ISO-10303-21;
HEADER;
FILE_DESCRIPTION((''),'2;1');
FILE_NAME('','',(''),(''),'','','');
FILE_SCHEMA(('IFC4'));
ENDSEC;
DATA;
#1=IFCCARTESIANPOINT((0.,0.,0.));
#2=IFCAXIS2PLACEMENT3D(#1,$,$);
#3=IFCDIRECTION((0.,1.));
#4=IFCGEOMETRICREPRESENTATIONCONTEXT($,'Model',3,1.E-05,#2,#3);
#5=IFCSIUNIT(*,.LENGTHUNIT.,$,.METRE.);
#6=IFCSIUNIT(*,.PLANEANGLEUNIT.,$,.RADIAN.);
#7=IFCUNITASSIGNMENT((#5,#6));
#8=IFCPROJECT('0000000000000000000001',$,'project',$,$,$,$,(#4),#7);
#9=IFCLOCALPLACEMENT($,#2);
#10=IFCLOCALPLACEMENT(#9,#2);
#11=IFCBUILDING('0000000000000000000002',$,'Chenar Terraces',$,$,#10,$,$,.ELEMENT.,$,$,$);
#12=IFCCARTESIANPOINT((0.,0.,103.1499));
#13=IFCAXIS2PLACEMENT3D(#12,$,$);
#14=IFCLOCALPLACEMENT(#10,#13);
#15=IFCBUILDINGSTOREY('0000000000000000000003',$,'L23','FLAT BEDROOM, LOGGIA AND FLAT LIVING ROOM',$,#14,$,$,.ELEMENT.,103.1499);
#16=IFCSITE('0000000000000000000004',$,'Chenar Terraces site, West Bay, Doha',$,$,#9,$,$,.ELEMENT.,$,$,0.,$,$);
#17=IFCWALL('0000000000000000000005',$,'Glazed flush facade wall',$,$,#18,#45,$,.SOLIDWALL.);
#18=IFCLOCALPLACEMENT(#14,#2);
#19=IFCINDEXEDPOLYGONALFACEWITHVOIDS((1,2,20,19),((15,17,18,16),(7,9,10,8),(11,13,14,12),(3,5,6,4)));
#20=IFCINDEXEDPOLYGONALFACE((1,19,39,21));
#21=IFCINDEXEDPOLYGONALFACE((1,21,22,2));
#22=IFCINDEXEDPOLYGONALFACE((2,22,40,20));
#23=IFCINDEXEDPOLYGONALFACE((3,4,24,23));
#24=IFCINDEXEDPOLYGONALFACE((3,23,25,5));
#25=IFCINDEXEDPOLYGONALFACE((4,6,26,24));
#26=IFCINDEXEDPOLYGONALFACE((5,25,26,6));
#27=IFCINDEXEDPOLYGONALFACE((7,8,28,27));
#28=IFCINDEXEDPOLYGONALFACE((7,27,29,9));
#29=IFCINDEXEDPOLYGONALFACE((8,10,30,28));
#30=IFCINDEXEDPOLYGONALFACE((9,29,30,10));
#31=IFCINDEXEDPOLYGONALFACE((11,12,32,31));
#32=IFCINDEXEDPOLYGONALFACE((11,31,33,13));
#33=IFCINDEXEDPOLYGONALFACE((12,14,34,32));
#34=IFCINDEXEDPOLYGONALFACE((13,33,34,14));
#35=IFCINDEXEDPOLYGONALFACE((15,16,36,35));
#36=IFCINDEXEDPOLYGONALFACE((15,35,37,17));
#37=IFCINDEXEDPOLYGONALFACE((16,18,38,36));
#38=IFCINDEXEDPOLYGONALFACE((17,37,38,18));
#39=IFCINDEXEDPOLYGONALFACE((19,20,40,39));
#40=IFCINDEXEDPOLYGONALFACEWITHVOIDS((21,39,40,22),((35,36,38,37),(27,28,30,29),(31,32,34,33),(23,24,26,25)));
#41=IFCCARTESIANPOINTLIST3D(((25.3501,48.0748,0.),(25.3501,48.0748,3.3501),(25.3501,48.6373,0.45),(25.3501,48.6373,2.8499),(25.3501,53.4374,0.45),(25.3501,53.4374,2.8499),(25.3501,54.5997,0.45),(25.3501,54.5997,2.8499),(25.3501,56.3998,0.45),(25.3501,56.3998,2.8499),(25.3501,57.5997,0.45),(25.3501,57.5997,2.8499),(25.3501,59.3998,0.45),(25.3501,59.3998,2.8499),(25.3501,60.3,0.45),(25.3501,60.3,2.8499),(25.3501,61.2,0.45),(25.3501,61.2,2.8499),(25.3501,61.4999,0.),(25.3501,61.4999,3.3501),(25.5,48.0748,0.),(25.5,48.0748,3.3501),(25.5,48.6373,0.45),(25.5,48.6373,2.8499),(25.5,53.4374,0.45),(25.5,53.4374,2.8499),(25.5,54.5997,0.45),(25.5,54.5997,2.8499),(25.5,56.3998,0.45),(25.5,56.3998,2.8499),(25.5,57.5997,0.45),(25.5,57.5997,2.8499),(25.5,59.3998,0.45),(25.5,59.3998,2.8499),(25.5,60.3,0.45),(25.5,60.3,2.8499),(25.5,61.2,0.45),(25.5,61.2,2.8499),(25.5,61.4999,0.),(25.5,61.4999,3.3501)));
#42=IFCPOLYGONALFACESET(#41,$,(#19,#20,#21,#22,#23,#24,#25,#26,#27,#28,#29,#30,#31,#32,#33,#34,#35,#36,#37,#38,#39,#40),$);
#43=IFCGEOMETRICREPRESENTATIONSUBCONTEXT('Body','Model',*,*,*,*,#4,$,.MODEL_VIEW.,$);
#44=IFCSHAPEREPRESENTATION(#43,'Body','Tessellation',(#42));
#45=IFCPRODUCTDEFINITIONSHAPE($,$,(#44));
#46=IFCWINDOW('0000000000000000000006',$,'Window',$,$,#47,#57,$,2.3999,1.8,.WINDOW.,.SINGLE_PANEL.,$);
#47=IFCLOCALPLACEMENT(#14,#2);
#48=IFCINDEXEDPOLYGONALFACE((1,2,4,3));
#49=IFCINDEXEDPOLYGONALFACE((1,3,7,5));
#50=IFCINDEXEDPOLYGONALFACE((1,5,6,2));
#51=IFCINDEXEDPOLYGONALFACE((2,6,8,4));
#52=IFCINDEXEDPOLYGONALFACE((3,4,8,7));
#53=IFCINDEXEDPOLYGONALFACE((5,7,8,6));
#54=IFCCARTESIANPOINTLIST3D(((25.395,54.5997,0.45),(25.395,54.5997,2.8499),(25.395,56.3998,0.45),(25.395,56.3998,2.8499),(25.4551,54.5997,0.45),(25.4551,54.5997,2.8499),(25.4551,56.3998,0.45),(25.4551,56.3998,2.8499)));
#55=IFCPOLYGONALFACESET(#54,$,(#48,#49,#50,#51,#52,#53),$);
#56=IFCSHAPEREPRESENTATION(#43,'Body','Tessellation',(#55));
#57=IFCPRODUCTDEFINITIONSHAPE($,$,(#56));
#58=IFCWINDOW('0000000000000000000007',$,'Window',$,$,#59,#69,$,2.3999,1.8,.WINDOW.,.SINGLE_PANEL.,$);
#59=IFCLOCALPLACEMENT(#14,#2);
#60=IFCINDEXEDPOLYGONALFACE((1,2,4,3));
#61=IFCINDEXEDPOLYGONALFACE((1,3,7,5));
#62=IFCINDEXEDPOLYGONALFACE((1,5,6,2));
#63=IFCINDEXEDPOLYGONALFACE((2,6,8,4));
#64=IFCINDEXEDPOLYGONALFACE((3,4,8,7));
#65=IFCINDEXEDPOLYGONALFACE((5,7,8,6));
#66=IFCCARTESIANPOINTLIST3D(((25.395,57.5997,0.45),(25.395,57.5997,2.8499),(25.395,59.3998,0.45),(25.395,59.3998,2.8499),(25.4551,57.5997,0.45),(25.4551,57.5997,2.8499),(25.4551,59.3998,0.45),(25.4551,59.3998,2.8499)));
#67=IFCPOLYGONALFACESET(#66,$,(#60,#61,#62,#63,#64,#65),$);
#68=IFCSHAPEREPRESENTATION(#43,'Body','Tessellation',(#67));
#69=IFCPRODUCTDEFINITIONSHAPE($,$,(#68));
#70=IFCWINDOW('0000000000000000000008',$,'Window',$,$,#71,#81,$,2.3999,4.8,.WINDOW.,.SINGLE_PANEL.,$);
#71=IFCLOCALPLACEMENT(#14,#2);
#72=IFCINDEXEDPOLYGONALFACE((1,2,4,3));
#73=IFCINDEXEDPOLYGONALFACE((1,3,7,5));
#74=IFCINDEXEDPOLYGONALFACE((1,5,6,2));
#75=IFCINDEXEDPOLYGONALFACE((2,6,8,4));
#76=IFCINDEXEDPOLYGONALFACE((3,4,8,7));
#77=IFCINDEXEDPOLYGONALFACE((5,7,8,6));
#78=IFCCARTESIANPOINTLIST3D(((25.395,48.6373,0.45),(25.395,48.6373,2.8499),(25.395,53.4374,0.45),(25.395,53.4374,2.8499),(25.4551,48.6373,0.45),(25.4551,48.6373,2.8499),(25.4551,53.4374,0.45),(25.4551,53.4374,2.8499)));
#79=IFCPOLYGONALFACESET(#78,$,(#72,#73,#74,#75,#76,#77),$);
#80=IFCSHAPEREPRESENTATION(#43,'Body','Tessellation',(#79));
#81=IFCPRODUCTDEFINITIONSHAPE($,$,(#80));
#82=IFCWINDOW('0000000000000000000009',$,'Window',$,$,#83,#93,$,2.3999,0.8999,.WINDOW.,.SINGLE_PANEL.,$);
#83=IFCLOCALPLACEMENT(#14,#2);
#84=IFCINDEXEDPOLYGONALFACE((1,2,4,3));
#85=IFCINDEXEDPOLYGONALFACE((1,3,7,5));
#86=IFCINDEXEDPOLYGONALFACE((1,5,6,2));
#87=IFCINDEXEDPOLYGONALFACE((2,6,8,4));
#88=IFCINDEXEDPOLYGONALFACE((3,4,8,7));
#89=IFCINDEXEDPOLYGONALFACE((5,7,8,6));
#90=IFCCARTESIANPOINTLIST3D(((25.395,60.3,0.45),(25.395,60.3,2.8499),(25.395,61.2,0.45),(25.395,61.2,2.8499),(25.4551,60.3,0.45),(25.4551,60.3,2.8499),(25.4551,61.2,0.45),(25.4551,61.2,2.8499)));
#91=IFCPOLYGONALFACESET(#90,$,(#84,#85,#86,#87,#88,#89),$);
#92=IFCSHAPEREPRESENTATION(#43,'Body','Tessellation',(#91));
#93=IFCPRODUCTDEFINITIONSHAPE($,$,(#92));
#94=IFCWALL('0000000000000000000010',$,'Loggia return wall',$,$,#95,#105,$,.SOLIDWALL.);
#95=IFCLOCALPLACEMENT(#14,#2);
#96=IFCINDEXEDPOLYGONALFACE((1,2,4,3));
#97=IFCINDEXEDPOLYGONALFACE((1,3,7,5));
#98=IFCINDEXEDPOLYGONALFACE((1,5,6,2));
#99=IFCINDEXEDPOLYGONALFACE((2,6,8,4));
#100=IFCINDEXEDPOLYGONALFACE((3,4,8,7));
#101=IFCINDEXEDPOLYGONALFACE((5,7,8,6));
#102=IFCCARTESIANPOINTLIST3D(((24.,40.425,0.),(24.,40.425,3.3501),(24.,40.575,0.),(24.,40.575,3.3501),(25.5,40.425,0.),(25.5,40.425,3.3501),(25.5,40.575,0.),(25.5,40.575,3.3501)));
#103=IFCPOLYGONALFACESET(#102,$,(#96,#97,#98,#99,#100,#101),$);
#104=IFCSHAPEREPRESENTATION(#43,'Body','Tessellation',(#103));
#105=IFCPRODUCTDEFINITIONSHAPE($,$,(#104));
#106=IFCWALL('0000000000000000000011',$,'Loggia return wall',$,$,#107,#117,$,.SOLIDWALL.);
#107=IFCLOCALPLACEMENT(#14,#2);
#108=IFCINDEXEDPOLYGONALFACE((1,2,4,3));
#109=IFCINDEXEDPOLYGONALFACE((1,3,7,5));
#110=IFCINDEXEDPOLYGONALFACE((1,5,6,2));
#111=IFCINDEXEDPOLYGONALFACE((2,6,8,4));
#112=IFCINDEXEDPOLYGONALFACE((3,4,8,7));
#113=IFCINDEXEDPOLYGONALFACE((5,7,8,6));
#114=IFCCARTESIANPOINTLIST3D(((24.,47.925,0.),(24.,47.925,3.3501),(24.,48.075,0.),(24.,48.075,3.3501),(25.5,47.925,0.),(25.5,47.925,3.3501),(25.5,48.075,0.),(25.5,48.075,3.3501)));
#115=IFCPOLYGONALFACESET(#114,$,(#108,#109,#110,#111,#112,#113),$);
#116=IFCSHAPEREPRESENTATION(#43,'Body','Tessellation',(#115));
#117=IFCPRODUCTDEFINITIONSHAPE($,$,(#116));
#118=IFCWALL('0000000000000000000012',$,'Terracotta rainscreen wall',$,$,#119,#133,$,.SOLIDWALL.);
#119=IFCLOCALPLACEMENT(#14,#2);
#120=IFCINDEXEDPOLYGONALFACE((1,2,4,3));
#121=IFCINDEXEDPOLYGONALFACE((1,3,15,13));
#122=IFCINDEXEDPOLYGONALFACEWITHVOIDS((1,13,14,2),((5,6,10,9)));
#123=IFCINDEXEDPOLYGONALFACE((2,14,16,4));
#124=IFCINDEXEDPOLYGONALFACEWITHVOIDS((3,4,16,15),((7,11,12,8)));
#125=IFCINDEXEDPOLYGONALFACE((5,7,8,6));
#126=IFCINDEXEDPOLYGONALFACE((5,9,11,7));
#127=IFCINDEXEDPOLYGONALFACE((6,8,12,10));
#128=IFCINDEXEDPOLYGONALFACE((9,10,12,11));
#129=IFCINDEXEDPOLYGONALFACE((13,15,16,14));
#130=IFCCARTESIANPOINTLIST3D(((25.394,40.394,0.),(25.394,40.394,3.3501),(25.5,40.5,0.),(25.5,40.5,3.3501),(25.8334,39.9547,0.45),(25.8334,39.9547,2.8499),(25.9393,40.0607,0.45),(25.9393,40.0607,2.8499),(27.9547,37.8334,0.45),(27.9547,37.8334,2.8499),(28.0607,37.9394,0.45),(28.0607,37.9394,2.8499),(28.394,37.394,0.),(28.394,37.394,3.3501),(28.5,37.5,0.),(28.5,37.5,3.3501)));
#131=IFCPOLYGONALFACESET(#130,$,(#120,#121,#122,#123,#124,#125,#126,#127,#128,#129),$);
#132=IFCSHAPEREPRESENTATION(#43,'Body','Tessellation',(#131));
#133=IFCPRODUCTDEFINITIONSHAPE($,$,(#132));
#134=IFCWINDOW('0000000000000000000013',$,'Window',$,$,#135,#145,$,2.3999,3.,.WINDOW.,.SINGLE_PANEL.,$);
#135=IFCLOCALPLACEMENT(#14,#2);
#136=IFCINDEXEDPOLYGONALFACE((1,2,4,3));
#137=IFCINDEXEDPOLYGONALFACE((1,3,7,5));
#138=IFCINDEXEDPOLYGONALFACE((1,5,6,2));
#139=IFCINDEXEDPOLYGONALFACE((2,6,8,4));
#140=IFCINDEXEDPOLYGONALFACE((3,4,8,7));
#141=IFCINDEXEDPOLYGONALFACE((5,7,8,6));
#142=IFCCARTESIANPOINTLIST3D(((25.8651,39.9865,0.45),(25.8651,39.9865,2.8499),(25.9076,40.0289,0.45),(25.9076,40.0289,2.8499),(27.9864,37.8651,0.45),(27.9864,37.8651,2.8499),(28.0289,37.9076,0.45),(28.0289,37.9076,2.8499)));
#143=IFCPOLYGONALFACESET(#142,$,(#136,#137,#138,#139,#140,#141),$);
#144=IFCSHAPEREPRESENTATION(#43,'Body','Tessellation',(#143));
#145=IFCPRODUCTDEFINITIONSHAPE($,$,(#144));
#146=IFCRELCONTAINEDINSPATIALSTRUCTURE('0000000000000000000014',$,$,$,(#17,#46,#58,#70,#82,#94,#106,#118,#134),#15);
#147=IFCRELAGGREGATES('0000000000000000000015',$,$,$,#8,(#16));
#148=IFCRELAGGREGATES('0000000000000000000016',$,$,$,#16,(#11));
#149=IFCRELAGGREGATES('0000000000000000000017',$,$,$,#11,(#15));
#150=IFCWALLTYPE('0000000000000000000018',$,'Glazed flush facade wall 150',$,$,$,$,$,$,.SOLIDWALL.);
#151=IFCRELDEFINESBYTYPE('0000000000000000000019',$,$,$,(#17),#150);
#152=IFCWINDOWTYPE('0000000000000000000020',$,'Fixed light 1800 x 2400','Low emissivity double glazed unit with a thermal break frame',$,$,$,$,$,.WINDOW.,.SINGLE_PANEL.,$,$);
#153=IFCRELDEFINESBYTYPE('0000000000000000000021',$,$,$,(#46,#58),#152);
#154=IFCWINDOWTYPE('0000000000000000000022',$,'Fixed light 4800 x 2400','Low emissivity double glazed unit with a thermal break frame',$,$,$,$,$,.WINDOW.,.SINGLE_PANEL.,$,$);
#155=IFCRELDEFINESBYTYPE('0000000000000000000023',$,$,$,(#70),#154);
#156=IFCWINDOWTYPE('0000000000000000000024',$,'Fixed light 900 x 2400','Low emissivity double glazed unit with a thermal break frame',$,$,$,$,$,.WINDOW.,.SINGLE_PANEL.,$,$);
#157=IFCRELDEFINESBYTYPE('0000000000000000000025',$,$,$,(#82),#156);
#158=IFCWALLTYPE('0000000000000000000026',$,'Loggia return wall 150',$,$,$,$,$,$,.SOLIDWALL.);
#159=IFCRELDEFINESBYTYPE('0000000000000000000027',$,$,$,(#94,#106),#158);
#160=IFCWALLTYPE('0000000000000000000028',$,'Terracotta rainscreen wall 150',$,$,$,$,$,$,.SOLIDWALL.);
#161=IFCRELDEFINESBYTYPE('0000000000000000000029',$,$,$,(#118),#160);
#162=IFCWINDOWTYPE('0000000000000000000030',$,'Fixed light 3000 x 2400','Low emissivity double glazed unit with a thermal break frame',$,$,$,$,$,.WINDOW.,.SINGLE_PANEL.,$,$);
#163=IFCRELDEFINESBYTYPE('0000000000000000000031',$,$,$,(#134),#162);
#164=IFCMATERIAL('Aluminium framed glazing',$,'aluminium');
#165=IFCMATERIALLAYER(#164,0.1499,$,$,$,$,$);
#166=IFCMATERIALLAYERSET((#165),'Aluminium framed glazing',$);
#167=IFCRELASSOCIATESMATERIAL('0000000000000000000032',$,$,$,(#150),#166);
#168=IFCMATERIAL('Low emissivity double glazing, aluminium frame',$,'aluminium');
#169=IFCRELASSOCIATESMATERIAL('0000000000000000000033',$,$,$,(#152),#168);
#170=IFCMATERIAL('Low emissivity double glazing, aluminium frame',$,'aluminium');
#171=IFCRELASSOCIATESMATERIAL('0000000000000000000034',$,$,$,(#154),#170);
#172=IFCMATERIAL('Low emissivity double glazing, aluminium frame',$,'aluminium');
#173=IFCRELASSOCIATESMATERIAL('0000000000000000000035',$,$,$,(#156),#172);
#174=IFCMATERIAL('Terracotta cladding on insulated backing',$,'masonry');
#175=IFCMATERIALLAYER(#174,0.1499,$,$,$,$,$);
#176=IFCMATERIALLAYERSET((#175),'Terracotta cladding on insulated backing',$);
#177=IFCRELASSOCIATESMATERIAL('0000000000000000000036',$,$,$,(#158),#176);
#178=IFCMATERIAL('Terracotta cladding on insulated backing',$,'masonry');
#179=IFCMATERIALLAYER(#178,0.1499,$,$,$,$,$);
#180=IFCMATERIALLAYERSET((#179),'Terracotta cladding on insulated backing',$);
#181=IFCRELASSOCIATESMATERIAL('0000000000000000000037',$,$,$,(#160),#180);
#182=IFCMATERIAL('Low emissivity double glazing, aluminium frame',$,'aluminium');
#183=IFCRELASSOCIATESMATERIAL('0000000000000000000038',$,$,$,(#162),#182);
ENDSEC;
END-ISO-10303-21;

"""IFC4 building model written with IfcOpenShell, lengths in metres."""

from ifc_helpers import new_model, si_unit, direction, frame, frame_2d, origin, place, context, subcontext, project, spatial, rectangle, extrude, material, layer, layer_set, type_object, element, fill, save


model = new_model("IFC4")

# Units and contexts
model_context = context("Model", 3, precision=1e-05, world=origin(), true_north=direction((0.0, 1.0)))
body_context = subcontext(model_context, "Body", "Model", "MODEL_VIEW")
ifc_project = project(units=[si_unit("LENGTHUNIT", "METRE"), si_unit("PLANEANGLEUNIT", "RADIAN")], contexts=[model_context])

# Site, building, storey
site_placement = place(None, origin())
site = spatial("IfcSite", under=ifc_project, at=site_placement, Name="Chenar Terraces site, West Bay, Doha", CompositionType="ELEMENT", RefElevation=0.0)
building_placement = place(site_placement, origin())
building = spatial("IfcBuilding", under=site, at=building_placement, Name="Chenar Terraces", CompositionType="ELEMENT")
storey_placement = place(building_placement, frame((0.0, 0.0, 103.1499)))
storey = spatial("IfcBuildingStorey", under=building, at=storey_placement, Name="L23", Description="FLAT BEDROOM, LOGGIA AND FLAT LIVING ROOM", CompositionType="ELEMENT", Elevation=103.1499)

# Wall, openings, windows
ifc_material_1 = material(Name="Aluminium framed glazing", Category="aluminium")
ifc_layer_1 = layer(ifc_material_1, 0.1499)
ifc_layer_set_1 = layer_set([ifc_layer_1], Name="Aluminium framed glazing")
wall_type_1 = type_object("IfcWallType", Name="Glazed flush facade wall 150", PredefinedType="SOLIDWALL", material=ifc_layer_set_1)
wall_1_placement = place(storey_placement, frame((25.425, 48.075, 0.0), z_axis=(0.0, 0.0, 1.0), x_axis=(0.0, 1.0, 0.0)))
wall_1 = element("IfcWall", 1, at=wall_1_placement, inside=storey, type_object=wall_type_1, Name="Glazed flush facade wall", PredefinedType="SOLIDWALL", context=body_context, shape_type="SweptSolid", body=[
    extrude(rectangle(XDim=13.425, YDim=0.1499, at=frame_2d((6.7124, 0.0))), origin(), (0.0, 0.0, 1.0), 3.3501),
])
opening_1_placement = place(wall_1_placement, frame((0.5625, 0.0, 0.45)))
opening_1 = element("IfcOpeningElement", 2, at=opening_1_placement, cuts=wall_1, PredefinedType="OPENING", context=body_context, shape_type="SweptSolid", body=[
    extrude(rectangle(XDim=4.8, YDim=2.3999, at=frame_2d((2.3999, 1.2))), frame((0.0, 0.085, 0.0), z_axis=(0.0, -1.0, 0.0), x_axis=(1.0, 0.0, 0.0)), (0.0, 0.0, 1.0), 0.1699),
])
opening_2_placement = place(wall_1_placement, frame((6.5249, 0.0, 0.45)))
opening_2 = element("IfcOpeningElement", 3, at=opening_2_placement, cuts=wall_1, PredefinedType="OPENING", context=body_context, shape_type="SweptSolid", body=[
    extrude(rectangle(XDim=1.8, YDim=2.3999, at=frame_2d((0.8999, 1.2))), frame((0.0, 0.085, 0.0), z_axis=(0.0, -1.0, 0.0), x_axis=(1.0, 0.0, 0.0)), (0.0, 0.0, 1.0), 0.1699),
])
opening_3_placement = place(wall_1_placement, frame((9.5249, 0.0, 0.45)))
opening_3 = element("IfcOpeningElement", 4, at=opening_3_placement, cuts=wall_1, PredefinedType="OPENING", context=body_context, shape_type="SweptSolid", body=[
    extrude(rectangle(XDim=1.8, YDim=2.3999, at=frame_2d((0.8999, 1.2))), frame((0.0, 0.085, 0.0), z_axis=(0.0, -1.0, 0.0), x_axis=(1.0, 0.0, 0.0)), (0.0, 0.0, 1.0), 0.1699),
])
opening_4_placement = place(wall_1_placement, frame((12.2251, 0.0, 0.45)))
opening_4 = element("IfcOpeningElement", 5, at=opening_4_placement, cuts=wall_1, PredefinedType="OPENING", context=body_context, shape_type="SweptSolid", body=[
    extrude(rectangle(XDim=0.8999, YDim=2.3999, at=frame_2d((0.45, 1.2))), frame((0.0, 0.085, 0.0), z_axis=(0.0, -1.0, 0.0), x_axis=(1.0, 0.0, 0.0)), (0.0, 0.0, 1.0), 0.1699),
])
ifc_material_2 = material(Name="Low emissivity double glazing, aluminium frame", Category="aluminium")
window_type_1 = type_object("IfcWindowType", Name="Fixed light 1800 x 2400", Description="Low emissivity double glazed unit with a thermal break frame", PartitioningType="SINGLE_PANEL", PredefinedType="WINDOW", material=ifc_material_2)
window_1_placement = place(opening_2_placement, origin())
window_1 = element("IfcWindow", 6, at=window_1_placement, inside=storey, type_object=window_type_1, Name="Window", OverallHeight=2.3999, OverallWidth=1.8, PartitioningType="SINGLE_PANEL", PredefinedType="WINDOW", context=body_context, shape_type="SweptSolid", body=[
    extrude(rectangle(XDim=1.8, YDim=2.3999, at=frame_2d((0.8999, 1.2))), frame((0.0, 0.03, 0.0), z_axis=(0.0, -1.0, 0.0), x_axis=(1.0, 0.0, 0.0)), (0.0, 0.0, 1.0), 0.0601),
])
fill(opening_2, window_1)
window_2_placement = place(opening_3_placement, origin())
window_2 = element("IfcWindow", 7, at=window_2_placement, inside=storey, type_object=window_type_1, Name="Window", OverallHeight=2.3999, OverallWidth=1.8, PartitioningType="SINGLE_PANEL", PredefinedType="WINDOW", context=body_context, shape_type="SweptSolid", body=[
    extrude(rectangle(XDim=1.8, YDim=2.3999, at=frame_2d((0.8999, 1.2))), frame((0.0, 0.03, 0.0), z_axis=(0.0, -1.0, 0.0), x_axis=(1.0, 0.0, 0.0)), (0.0, 0.0, 1.0), 0.0601),
])
fill(opening_3, window_2)
ifc_material_3 = material(Name="Low emissivity double glazing, aluminium frame", Category="aluminium")
window_type_2 = type_object("IfcWindowType", Name="Fixed light 4800 x 2400", Description="Low emissivity double glazed unit with a thermal break frame", PartitioningType="SINGLE_PANEL", PredefinedType="WINDOW", material=ifc_material_3)
window_3_placement = place(opening_1_placement, origin())
window_3 = element("IfcWindow", 8, at=window_3_placement, inside=storey, type_object=window_type_2, Name="Window", OverallHeight=2.3999, OverallWidth=4.8, PartitioningType="SINGLE_PANEL", PredefinedType="WINDOW", context=body_context, shape_type="SweptSolid", body=[
    extrude(rectangle(XDim=4.8, YDim=2.3999, at=frame_2d((2.3999, 1.2))), frame((0.0, 0.03, 0.0), z_axis=(0.0, -1.0, 0.0), x_axis=(1.0, 0.0, 0.0)), (0.0, 0.0, 1.0), 0.0601),
])
fill(opening_1, window_3)
ifc_material_4 = material(Name="Low emissivity double glazing, aluminium frame", Category="aluminium")
window_type_3 = type_object("IfcWindowType", Name="Fixed light 900 x 2400", Description="Low emissivity double glazed unit with a thermal break frame", PartitioningType="SINGLE_PANEL", PredefinedType="WINDOW", material=ifc_material_4)
window_4_placement = place(opening_4_placement, origin())
window_4 = element("IfcWindow", 9, at=window_4_placement, inside=storey, type_object=window_type_3, Name="Window", OverallHeight=2.3999, OverallWidth=0.8999, PartitioningType="SINGLE_PANEL", PredefinedType="WINDOW", context=body_context, shape_type="SweptSolid", body=[
    extrude(rectangle(XDim=0.8999, YDim=2.3999, at=frame_2d((0.45, 1.2))), frame((0.0, 0.03, 0.0), z_axis=(0.0, -1.0, 0.0), x_axis=(1.0, 0.0, 0.0)), (0.0, 0.0, 1.0), 0.0601),
])
fill(opening_4, window_4)

# Walls
ifc_material_5 = material(Name="Terracotta cladding on insulated backing", Category="masonry")
ifc_layer_2 = layer(ifc_material_5, 0.1499)
ifc_layer_set_2 = layer_set([ifc_layer_2], Name="Terracotta cladding on insulated backing")
wall_type_2 = type_object("IfcWallType", Name="Loggia return wall 150", PredefinedType="SOLIDWALL", material=ifc_layer_set_2)
for number, where, z_axis, x_axis, name in (
    (10, (25.5, 40.5, 0.0), (0.0, 0.0, 1.0), (-1.0, 0.0, 0.0), "Loggia return wall"),
    (11, (25.5, 48.0, 0.0), (0.0, 0.0, 1.0), (-1.0, 0.0, 0.0), "Loggia return wall"),
):
    element("IfcWall", number, at=place(storey_placement, frame(where, z_axis=z_axis, x_axis=x_axis)), inside=storey, type_object=wall_type_2, Name=name, PredefinedType="SOLIDWALL", context=body_context, shape_type="SweptSolid", body=[
        extrude(rectangle(XDim=1.5, YDim=0.1499, at=frame_2d((0.75, 0.0))), origin(), (0.0, 0.0, 1.0), 3.3501),
    ])

# Wall, opening, window
ifc_material_6 = material(Name="Terracotta cladding on insulated backing", Category="masonry")
ifc_layer_3 = layer(ifc_material_6, 0.1499)
ifc_layer_set_3 = layer_set([ifc_layer_3], Name="Terracotta cladding on insulated backing")
wall_type_3 = type_object("IfcWallType", Name="Terracotta rainscreen wall 150", PredefinedType="SOLIDWALL", material=ifc_layer_set_3)
wall_2_placement = place(storey_placement, frame((28.447, 37.447, 0.0), z_axis=(0.0, 0.0, 1.0), x_axis=(-0.707107, 0.707107, 0.0)))
wall_2 = element("IfcWall", 12, at=wall_2_placement, inside=storey, type_object=wall_type_3, Name="Terracotta rainscreen wall", PredefinedType="SOLIDWALL", context=body_context, shape_type="SweptSolid", body=[
    extrude(rectangle(XDim=4.2427, YDim=0.1499, at=frame_2d((2.1213, 0.0))), origin(), (0.0, 0.0, 1.0), 3.3501),
])
opening_5_placement = place(wall_2_placement, frame((0.6213, 0.0, 0.45)))
opening_5 = element("IfcOpeningElement", 13, at=opening_5_placement, cuts=wall_2, PredefinedType="OPENING", context=body_context, shape_type="SweptSolid", body=[
    extrude(rectangle(XDim=3.0, YDim=2.3999, at=frame_2d((1.5, 1.2))), frame((0.0, 0.085, 0.0), z_axis=(0.0, -1.0, 0.0), x_axis=(1.0, 0.0, 0.0)), (0.0, 0.0, 1.0), 0.1699),
])
ifc_material_7 = material(Name="Low emissivity double glazing, aluminium frame", Category="aluminium")
window_type_4 = type_object("IfcWindowType", Name="Fixed light 3000 x 2400", Description="Low emissivity double glazed unit with a thermal break frame", PartitioningType="SINGLE_PANEL", PredefinedType="WINDOW", material=ifc_material_7)
window_5_placement = place(opening_5_placement, origin())
window_5 = element("IfcWindow", 14, at=window_5_placement, inside=storey, type_object=window_type_4, Name="Window", OverallHeight=2.3999, OverallWidth=3.0, PartitioningType="SINGLE_PANEL", PredefinedType="WINDOW", context=body_context, shape_type="SweptSolid", body=[
    extrude(rectangle(XDim=3.0, YDim=2.3999, at=frame_2d((1.5, 1.2))), frame((0.0, 0.03, 0.0), z_axis=(0.0, -1.0, 0.0), x_axis=(1.0, 0.0, 0.0)), (0.0, 0.0, 1.0), 0.0601),
])
fill(opening_5, window_5)

save(model, "model.ifc")
